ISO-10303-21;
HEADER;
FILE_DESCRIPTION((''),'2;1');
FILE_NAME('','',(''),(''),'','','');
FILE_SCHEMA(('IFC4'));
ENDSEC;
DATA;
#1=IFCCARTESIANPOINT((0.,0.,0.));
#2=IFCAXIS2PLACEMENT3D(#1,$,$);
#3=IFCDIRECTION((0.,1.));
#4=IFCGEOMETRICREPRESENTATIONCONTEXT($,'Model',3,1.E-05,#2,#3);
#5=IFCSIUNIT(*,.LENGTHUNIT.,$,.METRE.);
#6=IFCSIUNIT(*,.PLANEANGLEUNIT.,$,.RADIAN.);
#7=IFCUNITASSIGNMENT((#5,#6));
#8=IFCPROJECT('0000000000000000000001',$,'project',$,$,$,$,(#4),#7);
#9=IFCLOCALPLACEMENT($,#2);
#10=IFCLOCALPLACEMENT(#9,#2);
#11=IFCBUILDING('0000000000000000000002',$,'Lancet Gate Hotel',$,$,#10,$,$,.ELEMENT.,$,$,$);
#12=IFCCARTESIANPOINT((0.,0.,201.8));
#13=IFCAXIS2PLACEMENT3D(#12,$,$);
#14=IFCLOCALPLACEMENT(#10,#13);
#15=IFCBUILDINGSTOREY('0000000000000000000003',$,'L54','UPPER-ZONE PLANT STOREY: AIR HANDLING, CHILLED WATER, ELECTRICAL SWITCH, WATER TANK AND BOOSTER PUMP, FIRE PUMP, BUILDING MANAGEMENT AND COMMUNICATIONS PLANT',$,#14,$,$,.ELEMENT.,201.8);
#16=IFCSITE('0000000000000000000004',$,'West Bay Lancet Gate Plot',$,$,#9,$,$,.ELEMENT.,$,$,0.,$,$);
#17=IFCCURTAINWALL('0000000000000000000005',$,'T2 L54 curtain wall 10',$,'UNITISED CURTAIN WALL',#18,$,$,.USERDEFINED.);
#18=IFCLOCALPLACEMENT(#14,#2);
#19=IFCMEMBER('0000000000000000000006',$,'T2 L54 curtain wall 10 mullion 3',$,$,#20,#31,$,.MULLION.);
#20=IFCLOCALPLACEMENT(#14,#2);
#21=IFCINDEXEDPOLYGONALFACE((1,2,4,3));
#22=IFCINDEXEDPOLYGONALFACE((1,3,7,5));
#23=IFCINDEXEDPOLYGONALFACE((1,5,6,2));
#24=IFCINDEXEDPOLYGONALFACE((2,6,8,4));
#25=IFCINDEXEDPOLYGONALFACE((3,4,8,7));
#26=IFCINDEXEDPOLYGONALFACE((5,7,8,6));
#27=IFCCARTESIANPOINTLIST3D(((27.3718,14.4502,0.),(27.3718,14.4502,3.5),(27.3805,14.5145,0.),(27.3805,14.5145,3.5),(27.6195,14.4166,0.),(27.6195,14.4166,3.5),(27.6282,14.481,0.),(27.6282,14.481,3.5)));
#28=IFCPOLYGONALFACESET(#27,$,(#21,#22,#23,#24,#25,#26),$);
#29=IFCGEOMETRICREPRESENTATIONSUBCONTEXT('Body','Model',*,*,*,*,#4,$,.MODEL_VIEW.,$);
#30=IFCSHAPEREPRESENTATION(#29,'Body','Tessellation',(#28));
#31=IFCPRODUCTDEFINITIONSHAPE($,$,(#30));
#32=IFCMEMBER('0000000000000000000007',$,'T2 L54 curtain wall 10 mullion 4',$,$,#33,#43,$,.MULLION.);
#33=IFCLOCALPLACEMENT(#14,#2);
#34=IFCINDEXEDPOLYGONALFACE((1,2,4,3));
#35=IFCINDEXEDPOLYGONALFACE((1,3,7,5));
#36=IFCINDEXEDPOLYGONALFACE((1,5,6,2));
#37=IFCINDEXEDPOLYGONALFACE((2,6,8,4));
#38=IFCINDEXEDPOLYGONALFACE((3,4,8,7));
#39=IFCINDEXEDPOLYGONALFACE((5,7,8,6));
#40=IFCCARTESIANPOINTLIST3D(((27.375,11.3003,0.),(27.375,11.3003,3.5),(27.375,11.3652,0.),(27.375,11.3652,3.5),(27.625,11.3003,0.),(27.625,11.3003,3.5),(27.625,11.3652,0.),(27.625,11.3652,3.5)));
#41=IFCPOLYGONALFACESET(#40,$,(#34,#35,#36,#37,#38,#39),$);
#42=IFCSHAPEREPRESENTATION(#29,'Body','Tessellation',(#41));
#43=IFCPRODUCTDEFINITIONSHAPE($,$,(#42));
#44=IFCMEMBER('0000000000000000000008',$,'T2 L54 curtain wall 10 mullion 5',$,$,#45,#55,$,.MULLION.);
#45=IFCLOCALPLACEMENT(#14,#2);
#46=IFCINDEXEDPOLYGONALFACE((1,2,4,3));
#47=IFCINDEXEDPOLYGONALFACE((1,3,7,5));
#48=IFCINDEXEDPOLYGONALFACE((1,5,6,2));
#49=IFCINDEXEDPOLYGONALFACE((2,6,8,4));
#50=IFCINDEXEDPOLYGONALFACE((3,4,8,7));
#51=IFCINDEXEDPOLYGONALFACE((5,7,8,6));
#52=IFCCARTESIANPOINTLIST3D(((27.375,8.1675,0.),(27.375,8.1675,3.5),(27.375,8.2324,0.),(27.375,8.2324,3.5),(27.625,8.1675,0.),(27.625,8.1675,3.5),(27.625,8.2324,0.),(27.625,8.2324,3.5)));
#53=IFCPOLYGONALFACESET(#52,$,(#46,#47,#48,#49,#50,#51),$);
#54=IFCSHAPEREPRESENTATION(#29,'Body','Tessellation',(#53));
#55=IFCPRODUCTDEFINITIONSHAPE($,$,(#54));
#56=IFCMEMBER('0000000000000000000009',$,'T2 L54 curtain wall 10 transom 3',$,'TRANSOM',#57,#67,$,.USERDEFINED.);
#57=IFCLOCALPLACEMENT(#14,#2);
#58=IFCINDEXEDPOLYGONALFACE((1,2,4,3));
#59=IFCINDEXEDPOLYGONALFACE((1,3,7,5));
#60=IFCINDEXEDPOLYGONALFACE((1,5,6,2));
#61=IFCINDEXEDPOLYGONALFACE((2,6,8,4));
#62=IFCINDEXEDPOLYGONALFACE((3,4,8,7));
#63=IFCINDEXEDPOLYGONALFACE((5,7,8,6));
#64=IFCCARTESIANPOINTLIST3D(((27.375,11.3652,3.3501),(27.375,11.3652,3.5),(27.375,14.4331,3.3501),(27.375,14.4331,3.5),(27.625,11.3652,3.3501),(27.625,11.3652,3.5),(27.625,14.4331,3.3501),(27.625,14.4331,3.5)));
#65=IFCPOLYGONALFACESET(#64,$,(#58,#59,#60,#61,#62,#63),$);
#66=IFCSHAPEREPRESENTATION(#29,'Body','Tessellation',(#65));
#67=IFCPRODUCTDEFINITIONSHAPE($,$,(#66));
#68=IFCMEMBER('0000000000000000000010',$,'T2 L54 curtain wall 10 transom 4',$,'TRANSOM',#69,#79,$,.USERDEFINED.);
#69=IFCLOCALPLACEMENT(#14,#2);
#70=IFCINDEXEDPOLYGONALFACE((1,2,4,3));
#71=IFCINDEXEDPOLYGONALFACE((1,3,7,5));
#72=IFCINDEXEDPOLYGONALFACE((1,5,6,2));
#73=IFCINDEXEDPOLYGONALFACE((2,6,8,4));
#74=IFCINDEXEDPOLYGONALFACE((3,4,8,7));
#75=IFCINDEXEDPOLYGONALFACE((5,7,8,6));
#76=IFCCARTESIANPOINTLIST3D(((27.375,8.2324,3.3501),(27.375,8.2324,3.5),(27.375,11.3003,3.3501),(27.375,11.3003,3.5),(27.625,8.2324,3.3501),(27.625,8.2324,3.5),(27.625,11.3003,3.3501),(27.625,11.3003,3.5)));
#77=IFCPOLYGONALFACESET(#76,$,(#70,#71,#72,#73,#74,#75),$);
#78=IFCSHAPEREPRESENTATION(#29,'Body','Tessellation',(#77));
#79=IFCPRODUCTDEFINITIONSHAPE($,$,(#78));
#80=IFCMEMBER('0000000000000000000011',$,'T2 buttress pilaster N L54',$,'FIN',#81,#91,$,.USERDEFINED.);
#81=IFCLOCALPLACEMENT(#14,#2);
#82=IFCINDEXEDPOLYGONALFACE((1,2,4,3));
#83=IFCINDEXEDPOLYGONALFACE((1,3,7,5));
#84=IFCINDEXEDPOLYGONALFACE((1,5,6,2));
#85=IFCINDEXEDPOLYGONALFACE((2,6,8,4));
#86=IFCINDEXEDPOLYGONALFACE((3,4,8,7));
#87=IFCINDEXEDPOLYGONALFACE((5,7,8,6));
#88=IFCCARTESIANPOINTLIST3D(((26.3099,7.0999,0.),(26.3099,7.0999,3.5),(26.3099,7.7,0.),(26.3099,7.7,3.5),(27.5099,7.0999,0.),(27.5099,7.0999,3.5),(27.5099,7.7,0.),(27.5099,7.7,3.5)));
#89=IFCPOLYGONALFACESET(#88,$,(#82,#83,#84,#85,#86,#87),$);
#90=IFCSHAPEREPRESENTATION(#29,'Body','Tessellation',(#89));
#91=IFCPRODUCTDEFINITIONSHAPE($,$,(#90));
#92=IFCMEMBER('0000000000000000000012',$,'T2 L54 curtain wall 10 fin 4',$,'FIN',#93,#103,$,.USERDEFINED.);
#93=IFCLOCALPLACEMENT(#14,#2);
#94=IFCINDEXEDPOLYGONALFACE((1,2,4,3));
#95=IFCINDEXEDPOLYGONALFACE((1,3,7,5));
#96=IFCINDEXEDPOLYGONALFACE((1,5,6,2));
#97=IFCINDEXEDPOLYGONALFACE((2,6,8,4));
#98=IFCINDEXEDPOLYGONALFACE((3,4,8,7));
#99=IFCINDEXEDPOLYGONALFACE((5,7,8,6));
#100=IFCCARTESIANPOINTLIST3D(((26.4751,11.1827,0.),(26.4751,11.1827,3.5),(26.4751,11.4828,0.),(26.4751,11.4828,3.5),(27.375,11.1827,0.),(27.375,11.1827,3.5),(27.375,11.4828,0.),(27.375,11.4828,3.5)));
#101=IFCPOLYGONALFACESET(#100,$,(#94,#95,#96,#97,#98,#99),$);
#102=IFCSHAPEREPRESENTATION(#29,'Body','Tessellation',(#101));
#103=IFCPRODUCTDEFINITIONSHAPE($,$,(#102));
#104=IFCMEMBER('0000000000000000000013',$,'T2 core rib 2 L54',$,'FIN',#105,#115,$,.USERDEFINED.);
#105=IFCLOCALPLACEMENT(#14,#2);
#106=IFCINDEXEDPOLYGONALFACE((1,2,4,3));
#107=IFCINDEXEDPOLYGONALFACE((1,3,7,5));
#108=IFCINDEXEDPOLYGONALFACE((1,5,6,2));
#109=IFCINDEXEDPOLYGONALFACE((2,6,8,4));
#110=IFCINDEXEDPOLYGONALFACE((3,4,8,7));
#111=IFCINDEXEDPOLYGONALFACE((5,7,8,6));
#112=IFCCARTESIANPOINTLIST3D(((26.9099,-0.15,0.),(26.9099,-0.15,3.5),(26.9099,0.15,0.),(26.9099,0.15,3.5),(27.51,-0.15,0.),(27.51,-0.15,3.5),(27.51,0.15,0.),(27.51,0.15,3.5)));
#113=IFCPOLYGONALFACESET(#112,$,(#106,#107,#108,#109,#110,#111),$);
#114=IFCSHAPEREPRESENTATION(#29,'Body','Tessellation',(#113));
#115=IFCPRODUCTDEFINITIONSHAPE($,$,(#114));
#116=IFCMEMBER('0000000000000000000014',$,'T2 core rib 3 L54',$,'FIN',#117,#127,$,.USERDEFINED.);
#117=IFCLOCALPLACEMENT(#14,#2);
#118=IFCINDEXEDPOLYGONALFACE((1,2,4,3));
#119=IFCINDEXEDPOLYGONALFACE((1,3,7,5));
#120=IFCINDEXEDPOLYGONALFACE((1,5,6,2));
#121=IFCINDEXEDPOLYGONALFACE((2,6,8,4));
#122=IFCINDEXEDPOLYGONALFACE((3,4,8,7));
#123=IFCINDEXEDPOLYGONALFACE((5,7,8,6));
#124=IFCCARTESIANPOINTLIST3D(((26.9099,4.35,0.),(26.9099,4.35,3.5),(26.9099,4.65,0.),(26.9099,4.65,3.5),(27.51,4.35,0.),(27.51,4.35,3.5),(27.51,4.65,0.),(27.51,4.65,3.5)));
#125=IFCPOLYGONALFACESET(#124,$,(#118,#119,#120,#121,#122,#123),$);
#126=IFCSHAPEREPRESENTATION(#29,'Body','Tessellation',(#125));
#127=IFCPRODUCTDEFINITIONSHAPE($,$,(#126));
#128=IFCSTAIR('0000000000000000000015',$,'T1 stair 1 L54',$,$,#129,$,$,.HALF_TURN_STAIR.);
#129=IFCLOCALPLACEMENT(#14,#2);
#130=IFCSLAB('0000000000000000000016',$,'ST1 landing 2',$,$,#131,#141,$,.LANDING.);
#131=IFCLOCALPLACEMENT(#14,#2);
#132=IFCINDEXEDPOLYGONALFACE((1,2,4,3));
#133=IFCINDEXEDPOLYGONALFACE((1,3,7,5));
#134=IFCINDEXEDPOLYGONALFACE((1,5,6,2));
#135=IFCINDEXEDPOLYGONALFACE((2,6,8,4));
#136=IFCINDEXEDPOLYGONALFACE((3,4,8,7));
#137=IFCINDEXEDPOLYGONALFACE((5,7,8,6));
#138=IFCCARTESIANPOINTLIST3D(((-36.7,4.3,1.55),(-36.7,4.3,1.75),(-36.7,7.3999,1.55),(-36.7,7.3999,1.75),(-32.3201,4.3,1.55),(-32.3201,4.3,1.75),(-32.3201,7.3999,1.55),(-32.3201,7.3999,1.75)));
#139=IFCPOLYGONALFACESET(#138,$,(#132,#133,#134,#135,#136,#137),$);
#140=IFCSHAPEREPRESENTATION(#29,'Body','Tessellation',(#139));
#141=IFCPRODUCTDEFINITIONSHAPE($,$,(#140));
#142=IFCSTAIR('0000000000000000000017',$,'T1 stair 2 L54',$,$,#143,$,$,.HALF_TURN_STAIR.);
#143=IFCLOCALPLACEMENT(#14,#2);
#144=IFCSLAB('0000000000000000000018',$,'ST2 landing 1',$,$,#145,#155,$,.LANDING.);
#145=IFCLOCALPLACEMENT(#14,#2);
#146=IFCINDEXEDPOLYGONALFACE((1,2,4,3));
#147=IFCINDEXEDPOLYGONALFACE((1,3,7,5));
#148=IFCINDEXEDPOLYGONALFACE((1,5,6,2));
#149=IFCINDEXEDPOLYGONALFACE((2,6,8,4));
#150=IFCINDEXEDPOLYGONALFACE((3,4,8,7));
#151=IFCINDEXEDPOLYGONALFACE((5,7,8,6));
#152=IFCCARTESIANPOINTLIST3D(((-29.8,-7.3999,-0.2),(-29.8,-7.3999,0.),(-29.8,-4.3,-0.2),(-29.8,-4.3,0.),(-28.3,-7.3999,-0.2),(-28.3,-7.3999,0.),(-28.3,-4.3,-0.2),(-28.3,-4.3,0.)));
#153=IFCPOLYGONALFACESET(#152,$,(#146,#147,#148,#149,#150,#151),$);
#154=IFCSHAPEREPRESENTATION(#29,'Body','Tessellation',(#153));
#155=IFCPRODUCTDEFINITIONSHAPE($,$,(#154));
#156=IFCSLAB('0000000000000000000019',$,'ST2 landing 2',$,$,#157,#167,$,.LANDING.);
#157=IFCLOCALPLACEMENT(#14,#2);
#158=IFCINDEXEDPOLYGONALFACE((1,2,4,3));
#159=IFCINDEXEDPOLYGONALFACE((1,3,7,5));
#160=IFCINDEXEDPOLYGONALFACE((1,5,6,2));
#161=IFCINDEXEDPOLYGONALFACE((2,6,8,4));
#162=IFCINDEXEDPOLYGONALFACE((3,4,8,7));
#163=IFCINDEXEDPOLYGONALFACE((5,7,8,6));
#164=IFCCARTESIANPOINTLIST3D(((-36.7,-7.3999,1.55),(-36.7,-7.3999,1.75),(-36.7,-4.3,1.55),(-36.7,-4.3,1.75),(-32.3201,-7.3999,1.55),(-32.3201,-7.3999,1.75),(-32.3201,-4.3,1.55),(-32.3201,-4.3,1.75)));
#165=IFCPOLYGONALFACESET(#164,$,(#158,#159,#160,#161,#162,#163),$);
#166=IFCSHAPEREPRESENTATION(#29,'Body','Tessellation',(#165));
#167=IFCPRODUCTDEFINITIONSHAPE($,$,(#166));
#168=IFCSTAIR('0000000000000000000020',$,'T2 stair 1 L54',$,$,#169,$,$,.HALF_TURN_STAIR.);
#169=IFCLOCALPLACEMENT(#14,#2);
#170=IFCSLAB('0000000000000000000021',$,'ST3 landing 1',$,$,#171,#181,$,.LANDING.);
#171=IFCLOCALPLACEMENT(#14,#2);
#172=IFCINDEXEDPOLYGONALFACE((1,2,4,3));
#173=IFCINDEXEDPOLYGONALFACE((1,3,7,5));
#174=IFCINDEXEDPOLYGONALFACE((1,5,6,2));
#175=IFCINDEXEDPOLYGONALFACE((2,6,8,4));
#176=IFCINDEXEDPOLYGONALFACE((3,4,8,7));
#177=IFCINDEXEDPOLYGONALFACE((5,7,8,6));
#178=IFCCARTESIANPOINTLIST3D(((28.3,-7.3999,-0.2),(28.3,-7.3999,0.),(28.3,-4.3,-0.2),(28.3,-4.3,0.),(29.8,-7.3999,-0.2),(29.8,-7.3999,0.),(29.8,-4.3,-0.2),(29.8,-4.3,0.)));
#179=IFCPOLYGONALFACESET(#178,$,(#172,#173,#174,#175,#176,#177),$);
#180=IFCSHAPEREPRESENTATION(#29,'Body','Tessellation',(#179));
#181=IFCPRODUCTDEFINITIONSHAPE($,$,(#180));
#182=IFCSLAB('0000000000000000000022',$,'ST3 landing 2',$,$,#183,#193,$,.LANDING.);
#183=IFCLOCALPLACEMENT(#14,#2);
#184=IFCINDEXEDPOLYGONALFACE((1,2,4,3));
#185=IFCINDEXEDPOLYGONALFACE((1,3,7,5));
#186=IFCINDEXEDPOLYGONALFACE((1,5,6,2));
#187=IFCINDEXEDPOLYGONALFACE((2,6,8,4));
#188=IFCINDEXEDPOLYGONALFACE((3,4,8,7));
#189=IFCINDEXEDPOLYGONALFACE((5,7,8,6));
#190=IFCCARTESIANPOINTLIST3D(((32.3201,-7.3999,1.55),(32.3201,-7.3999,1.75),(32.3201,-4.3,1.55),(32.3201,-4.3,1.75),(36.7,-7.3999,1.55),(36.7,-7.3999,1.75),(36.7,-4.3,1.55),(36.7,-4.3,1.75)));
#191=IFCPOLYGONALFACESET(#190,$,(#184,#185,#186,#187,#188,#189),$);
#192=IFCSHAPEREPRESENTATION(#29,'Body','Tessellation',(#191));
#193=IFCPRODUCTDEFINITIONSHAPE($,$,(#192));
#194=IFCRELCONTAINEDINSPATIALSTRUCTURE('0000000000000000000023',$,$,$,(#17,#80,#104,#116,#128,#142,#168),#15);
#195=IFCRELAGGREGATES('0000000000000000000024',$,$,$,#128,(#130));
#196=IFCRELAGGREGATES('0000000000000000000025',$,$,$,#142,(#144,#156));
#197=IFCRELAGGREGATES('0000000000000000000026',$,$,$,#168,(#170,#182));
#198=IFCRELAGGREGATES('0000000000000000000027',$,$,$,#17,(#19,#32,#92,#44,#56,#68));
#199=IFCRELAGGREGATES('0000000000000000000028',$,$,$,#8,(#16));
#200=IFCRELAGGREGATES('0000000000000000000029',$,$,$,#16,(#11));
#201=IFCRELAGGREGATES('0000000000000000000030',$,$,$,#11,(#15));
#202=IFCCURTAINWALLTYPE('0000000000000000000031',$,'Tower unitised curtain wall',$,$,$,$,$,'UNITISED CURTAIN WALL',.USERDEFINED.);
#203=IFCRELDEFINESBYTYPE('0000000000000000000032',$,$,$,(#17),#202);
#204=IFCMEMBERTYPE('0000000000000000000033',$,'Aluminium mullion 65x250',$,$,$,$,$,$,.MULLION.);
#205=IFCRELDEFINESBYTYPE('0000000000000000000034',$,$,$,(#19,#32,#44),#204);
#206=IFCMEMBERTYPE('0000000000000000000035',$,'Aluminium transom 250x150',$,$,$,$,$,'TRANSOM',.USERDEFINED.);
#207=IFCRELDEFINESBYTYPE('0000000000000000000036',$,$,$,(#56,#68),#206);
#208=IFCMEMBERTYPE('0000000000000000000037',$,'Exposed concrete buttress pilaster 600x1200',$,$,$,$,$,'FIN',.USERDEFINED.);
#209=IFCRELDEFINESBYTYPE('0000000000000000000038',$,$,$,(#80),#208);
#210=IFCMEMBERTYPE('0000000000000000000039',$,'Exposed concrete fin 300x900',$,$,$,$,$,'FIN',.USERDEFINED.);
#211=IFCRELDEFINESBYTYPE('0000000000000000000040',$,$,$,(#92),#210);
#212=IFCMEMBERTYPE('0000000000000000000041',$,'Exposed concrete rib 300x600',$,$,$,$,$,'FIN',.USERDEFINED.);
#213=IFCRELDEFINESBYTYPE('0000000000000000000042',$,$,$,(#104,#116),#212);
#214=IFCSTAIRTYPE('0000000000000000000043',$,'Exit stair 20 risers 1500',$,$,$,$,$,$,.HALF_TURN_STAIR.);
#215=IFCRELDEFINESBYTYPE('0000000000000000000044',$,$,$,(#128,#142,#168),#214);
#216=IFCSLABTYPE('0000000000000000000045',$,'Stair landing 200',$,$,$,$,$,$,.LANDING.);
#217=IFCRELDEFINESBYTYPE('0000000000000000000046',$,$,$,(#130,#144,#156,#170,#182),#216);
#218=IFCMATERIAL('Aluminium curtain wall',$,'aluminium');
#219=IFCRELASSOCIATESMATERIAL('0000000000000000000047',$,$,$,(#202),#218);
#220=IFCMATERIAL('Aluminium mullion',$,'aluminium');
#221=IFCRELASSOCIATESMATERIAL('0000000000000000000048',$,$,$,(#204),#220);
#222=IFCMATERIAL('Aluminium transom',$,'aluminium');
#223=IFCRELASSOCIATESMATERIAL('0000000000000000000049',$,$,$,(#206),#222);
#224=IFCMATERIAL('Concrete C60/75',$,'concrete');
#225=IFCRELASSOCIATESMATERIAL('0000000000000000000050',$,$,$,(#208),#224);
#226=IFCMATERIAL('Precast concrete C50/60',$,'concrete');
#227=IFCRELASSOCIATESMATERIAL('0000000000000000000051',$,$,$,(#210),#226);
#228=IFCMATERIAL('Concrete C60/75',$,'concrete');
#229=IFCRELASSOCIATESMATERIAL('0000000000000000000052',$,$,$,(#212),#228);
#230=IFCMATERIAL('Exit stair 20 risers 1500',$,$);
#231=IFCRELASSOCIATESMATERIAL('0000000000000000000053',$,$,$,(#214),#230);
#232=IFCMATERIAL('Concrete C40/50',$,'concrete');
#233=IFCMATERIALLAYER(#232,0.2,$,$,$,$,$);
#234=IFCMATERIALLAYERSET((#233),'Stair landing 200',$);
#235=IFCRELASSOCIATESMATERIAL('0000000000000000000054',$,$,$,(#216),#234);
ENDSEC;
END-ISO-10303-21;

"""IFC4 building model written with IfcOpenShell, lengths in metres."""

from ifc_helpers import new_model, si_unit, direction, frame, origin, origin_2d, place, context, subcontext, project, spatial, polyline, rectangle, outline, extrude, material, layer, layer_set, material_profile, profile_set, type_object, element, aggregate, save


model = new_model("IFC4")

# Units and contexts
model_context = context("Model", 3, precision=1e-05, world=origin(), true_north=direction((0.0, 1.0)))
body_context = subcontext(model_context, "Body", "Model", "MODEL_VIEW")
ifc_project = project(units=[si_unit("LENGTHUNIT", "METRE"), si_unit("PLANEANGLEUNIT", "RADIAN")], contexts=[model_context])

# Site, building, storey
site_placement = place(None, origin())
site = spatial("IfcSite", under=ifc_project, at=site_placement, Name="West Bay Lancet Gate Plot", CompositionType="ELEMENT", RefElevation=0.0)
building_placement = place(site_placement, origin())
building = spatial("IfcBuilding", under=site, at=building_placement, Name="Lancet Gate Hotel", CompositionType="ELEMENT")
storey_placement = place(building_placement, frame((0.0, 0.0, 201.8)))
storey = spatial("IfcBuildingStorey", under=building, at=storey_placement, Name="L54", Description="UPPER-ZONE PLANT STOREY: AIR HANDLING, CHILLED WATER, ELECTRICAL SWITCH, WATER TANK AND BOOSTER PUMP, FIRE PUMP, BUILDING MANAGEMENT AND COMMUNICATIONS PLANT", CompositionType="ELEMENT", Elevation=201.8)

# Curtain wall, members
ifc_material_1 = material(Name="Aluminium curtain wall", Category="aluminium")
curtain_wall_type = type_object("IfcCurtainWallType", Name="Tower unitised curtain wall", ElementType="UNITISED CURTAIN WALL", PredefinedType="USERDEFINED", material=ifc_material_1)
curtain_wall_placement = place(storey_placement, origin())
curtain_wall = element("IfcCurtainWall", 1, at=curtain_wall_placement, inside=storey, type_object=curtain_wall_type, Name="T2 L54 curtain wall 10", ObjectType="UNITISED CURTAIN WALL", PredefinedType="USERDEFINED")
ifc_material_2 = material(Name="Aluminium mullion", Category="aluminium")
ifc_material_profile_1 = material_profile(ifc_material_2, rectangle(XDim=0.0649, YDim=0.25, at=origin_2d()), Name="MULLION 65x250")
ifc_profile_set_1 = profile_set([ifc_material_profile_1], Name="Aluminium mullion")
member_type_1 = type_object("IfcMemberType", Name="Aluminium mullion 65x250", PredefinedType="MULLION", material=ifc_profile_set_1)
member_1_placement = place(storey_placement, frame((27.5, 14.4656, 0.0), z_axis=(0.0, 0.0, 1.0), x_axis=(-0.134207, -0.990953, 0.0)))
member_1 = element("IfcMember", 2, at=member_1_placement, type_object=member_type_1, Name="T2 L54 curtain wall 10 mullion 3", PredefinedType="MULLION", context=body_context, shape_type="SweptSolid", body=[
    extrude(rectangle(XDim=0.0649, YDim=0.25, at=origin_2d()), origin(), (0.0, 0.0, 1.0), 3.5),
])
member_2_placement = place(storey_placement, frame((27.5, 11.3328, 0.0), z_axis=(0.0, 0.0, 1.0), x_axis=(0.0, -1.0, 0.0)))
member_2 = element("IfcMember", 3, at=member_2_placement, type_object=member_type_1, Name="T2 L54 curtain wall 10 mullion 4", PredefinedType="MULLION", context=body_context, shape_type="SweptSolid", body=[
    extrude(rectangle(XDim=0.0649, YDim=0.25, at=origin_2d()), origin(), (0.0, 0.0, 1.0), 3.5),
])
member_3_placement = place(storey_placement, frame((27.5, 8.2, 0.0), z_axis=(0.0, 0.0, 1.0), x_axis=(0.0, -1.0, 0.0)))
member_3 = element("IfcMember", 4, at=member_3_placement, type_object=member_type_1, Name="T2 L54 curtain wall 10 mullion 5", PredefinedType="MULLION", context=body_context, shape_type="SweptSolid", body=[
    extrude(rectangle(XDim=0.0649, YDim=0.25, at=origin_2d()), origin(), (0.0, 0.0, 1.0), 3.5),
])
ifc_material_3 = material(Name="Aluminium transom", Category="aluminium")
ifc_material_profile_2 = material_profile(ifc_material_3, rectangle(XDim=0.25, YDim=0.1499, at=origin_2d()), Name="TRANSOM 250x150")
ifc_profile_set_2 = profile_set([ifc_material_profile_2], Name="Aluminium transom")
member_type_2 = type_object("IfcMemberType", Name="Aluminium transom 250x150", ElementType="TRANSOM", PredefinedType="USERDEFINED", material=ifc_profile_set_2)
member_4_placement = place(storey_placement, frame((27.5, 14.4331, 3.425), z_axis=(0.0, -1.0, 0.0), x_axis=(1.0, 0.0, 0.0)))
member_4 = element("IfcMember", 5, at=member_4_placement, type_object=member_type_2, Name="T2 L54 curtain wall 10 transom 3", ObjectType="TRANSOM", PredefinedType="USERDEFINED", context=body_context, shape_type="SweptSolid", body=[
    extrude(rectangle(XDim=0.25, YDim=0.1499, at=origin_2d()), origin(), (0.0, 0.0, 1.0), 3.0679),
])
member_5_placement = place(storey_placement, frame((27.5, 11.3003, 3.425), z_axis=(0.0, -1.0, 0.0), x_axis=(1.0, 0.0, 0.0)))
member_5 = element("IfcMember", 6, at=member_5_placement, type_object=member_type_2, Name="T2 L54 curtain wall 10 transom 4", ObjectType="TRANSOM", PredefinedType="USERDEFINED", context=body_context, shape_type="SweptSolid", body=[
    extrude(rectangle(XDim=0.25, YDim=0.1499, at=origin_2d()), origin(), (0.0, 0.0, 1.0), 3.0679),
])

# Members
ifc_material_4 = material(Name="Concrete C60/75", Category="concrete")
ifc_material_profile_3 = material_profile(ifc_material_4, rectangle(XDim=0.6001, YDim=1.2, at=origin_2d()), Name="FIN 600x1200")
ifc_profile_set_3 = profile_set([ifc_material_profile_3], Name="Concrete C60/75")
member_type_3 = type_object("IfcMemberType", Name="Exposed concrete buttress pilaster 600x1200", ElementType="FIN", PredefinedType="USERDEFINED", material=ifc_profile_set_3)
member_6_placement = place(storey_placement, frame((26.9099, 7.3999, 0.0), z_axis=(0.0, 0.0, 1.0), x_axis=(0.0, 1.0, 0.0)))
element("IfcMember", 7, at=member_6_placement, inside=storey, type_object=member_type_3, Name="T2 buttress pilaster N L54", ObjectType="FIN", PredefinedType="USERDEFINED", context=body_context, shape_type="SweptSolid", body=[
    extrude(rectangle(XDim=0.6001, YDim=1.2, at=origin_2d()), origin(), (0.0, 0.0, 1.0), 3.5),
])
ifc_material_5 = material(Name="Precast concrete C50/60", Category="concrete")
ifc_material_profile_4 = material_profile(ifc_material_5, rectangle(XDim=0.3, YDim=0.8999, at=origin_2d()), Name="FIN 300x900")
ifc_profile_set_4 = profile_set([ifc_material_profile_4], Name="Precast concrete C50/60")
member_type_4 = type_object("IfcMemberType", Name="Exposed concrete fin 300x900", ElementType="FIN", PredefinedType="USERDEFINED", material=ifc_profile_set_4)
member_7_placement = place(storey_placement, frame((26.925, 11.3328, 0.0), z_axis=(0.0, 0.0, 1.0), x_axis=(0.0, -1.0, 0.0)))
member_7 = element("IfcMember", 8, at=member_7_placement, type_object=member_type_4, Name="T2 L54 curtain wall 10 fin 4", ObjectType="FIN", PredefinedType="USERDEFINED", context=body_context, shape_type="SweptSolid", body=[
    extrude(rectangle(XDim=0.3, YDim=0.8999, at=origin_2d()), origin(), (0.0, 0.0, 1.0), 3.5),
])

# Members
ifc_material_6 = material(Name="Concrete C60/75", Category="concrete")
ifc_material_profile_5 = material_profile(ifc_material_6, rectangle(XDim=0.3, YDim=0.6001, at=origin_2d()), Name="FIN 300x600")
ifc_profile_set_5 = profile_set([ifc_material_profile_5], Name="Concrete C60/75")
member_type_5 = type_object("IfcMemberType", Name="Exposed concrete rib 300x600", ElementType="FIN", PredefinedType="USERDEFINED", material=ifc_profile_set_5)
for number, where, z_axis, x_axis, name in (
    (9, (27.21, 0.0, 0.0), (0.0, 0.0, 1.0), (0.0, 1.0, 0.0), "T2 core rib 2 L54"),
    (10, (27.21, 4.5, 0.0), (0.0, 0.0, 1.0), (0.0, 1.0, 0.0), "T2 core rib 3 L54"),
):
    element("IfcMember", number, at=place(storey_placement, frame(where, z_axis=z_axis, x_axis=x_axis)), inside=storey, type_object=member_type_5, Name=name, ObjectType="FIN", PredefinedType="USERDEFINED", context=body_context, shape_type="SweptSolid", body=[
        extrude(rectangle(XDim=0.3, YDim=0.6001, at=origin_2d()), origin(), (0.0, 0.0, 1.0), 3.5),
    ])

# Stair, slab
ifc_material_7 = material(Name="Exit stair 20 risers 1500")
stair_type = type_object("IfcStairType", Name="Exit stair 20 risers 1500", PredefinedType="HALF_TURN_STAIR", material=ifc_material_7)
stair_1_placement = place(storey_placement, origin())
stair_1 = element("IfcStair", 11, at=stair_1_placement, inside=storey, type_object=stair_type, Name="T1 stair 1 L54", PredefinedType="HALF_TURN_STAIR")
ifc_material_8 = material(Name="Concrete C40/50", Category="concrete")
ifc_layer_1 = layer(ifc_material_8, 0.2)
ifc_layer_set_1 = layer_set([ifc_layer_1], Name="Stair landing 200")
slab_type = type_object("IfcSlabType", Name="Stair landing 200", PredefinedType="LANDING", material=ifc_layer_set_1)
slab_1_placement = place(storey_placement, frame((0.0, 0.0, 1.55)))
slab_1 = element("IfcSlab", 12, at=slab_1_placement, type_object=slab_type, Name="ST1 landing 2", PredefinedType="LANDING", context=body_context, shape_type="SweptSolid", body=[
    extrude(outline(polyline([(-32.3201, 7.3999), (-36.7, 7.3999), (-36.7, 4.3), (-32.3201, 4.3), (-32.3201, 7.3999)])), origin(), (0.0, 0.0, 1.0), 0.2),
])
aggregate(stair_1, [slab_1])

# Stairs, slabs
stair_2_placement = place(storey_placement, origin())
stair_2 = element("IfcStair", 13, at=stair_2_placement, inside=storey, type_object=stair_type, Name="T1 stair 2 L54", PredefinedType="HALF_TURN_STAIR")
slab_2_placement = place(storey_placement, frame((0.0, 0.0, -0.2)))
slab_2 = element("IfcSlab", 14, at=slab_2_placement, type_object=slab_type, Name="ST2 landing 1", PredefinedType="LANDING", context=body_context, shape_type="SweptSolid", body=[
    extrude(outline(polyline([(-28.3, -4.3), (-29.8, -4.3), (-29.8, -7.3999), (-28.3, -7.3999), (-28.3, -4.3)])), origin(), (0.0, 0.0, 1.0), 0.2),
])
slab_3_placement = place(storey_placement, frame((0.0, 0.0, 1.55)))
slab_3 = element("IfcSlab", 15, at=slab_3_placement, type_object=slab_type, Name="ST2 landing 2", PredefinedType="LANDING", context=body_context, shape_type="SweptSolid", body=[
    extrude(outline(polyline([(-32.3201, -4.3), (-36.7, -4.3), (-36.7, -7.3999), (-32.3201, -7.3999), (-32.3201, -4.3)])), origin(), (0.0, 0.0, 1.0), 0.2),
])
aggregate(stair_2, [slab_2, slab_3])
stair_3_placement = place(storey_placement, origin())
stair_3 = element("IfcStair", 16, at=stair_3_placement, inside=storey, type_object=stair_type, Name="T2 stair 1 L54", PredefinedType="HALF_TURN_STAIR")
slab_4_placement = place(storey_placement, frame((0.0, 0.0, -0.2)))
slab_4 = element("IfcSlab", 17, at=slab_4_placement, type_object=slab_type, Name="ST3 landing 1", PredefinedType="LANDING", context=body_context, shape_type="SweptSolid", body=[
    extrude(outline(polyline([(28.3, -7.3999), (29.8, -7.3999), (29.8, -4.3), (28.3, -4.3), (28.3, -7.3999)])), origin(), (0.0, 0.0, 1.0), 0.2),
])
slab_5_placement = place(storey_placement, frame((0.0, 0.0, 1.55)))
slab_5 = element("IfcSlab", 18, at=slab_5_placement, type_object=slab_type, Name="ST3 landing 2", PredefinedType="LANDING", context=body_context, shape_type="SweptSolid", body=[
    extrude(outline(polyline([(32.3201, -7.3999), (36.7, -7.3999), (36.7, -4.3), (32.3201, -4.3), (32.3201, -7.3999)])), origin(), (0.0, 0.0, 1.0), 0.2),
])
aggregate(stair_3, [slab_4, slab_5])

aggregate(curtain_wall, [member_1, member_2, member_7, member_3, member_4, member_5])

save(model, "model.ifc")
